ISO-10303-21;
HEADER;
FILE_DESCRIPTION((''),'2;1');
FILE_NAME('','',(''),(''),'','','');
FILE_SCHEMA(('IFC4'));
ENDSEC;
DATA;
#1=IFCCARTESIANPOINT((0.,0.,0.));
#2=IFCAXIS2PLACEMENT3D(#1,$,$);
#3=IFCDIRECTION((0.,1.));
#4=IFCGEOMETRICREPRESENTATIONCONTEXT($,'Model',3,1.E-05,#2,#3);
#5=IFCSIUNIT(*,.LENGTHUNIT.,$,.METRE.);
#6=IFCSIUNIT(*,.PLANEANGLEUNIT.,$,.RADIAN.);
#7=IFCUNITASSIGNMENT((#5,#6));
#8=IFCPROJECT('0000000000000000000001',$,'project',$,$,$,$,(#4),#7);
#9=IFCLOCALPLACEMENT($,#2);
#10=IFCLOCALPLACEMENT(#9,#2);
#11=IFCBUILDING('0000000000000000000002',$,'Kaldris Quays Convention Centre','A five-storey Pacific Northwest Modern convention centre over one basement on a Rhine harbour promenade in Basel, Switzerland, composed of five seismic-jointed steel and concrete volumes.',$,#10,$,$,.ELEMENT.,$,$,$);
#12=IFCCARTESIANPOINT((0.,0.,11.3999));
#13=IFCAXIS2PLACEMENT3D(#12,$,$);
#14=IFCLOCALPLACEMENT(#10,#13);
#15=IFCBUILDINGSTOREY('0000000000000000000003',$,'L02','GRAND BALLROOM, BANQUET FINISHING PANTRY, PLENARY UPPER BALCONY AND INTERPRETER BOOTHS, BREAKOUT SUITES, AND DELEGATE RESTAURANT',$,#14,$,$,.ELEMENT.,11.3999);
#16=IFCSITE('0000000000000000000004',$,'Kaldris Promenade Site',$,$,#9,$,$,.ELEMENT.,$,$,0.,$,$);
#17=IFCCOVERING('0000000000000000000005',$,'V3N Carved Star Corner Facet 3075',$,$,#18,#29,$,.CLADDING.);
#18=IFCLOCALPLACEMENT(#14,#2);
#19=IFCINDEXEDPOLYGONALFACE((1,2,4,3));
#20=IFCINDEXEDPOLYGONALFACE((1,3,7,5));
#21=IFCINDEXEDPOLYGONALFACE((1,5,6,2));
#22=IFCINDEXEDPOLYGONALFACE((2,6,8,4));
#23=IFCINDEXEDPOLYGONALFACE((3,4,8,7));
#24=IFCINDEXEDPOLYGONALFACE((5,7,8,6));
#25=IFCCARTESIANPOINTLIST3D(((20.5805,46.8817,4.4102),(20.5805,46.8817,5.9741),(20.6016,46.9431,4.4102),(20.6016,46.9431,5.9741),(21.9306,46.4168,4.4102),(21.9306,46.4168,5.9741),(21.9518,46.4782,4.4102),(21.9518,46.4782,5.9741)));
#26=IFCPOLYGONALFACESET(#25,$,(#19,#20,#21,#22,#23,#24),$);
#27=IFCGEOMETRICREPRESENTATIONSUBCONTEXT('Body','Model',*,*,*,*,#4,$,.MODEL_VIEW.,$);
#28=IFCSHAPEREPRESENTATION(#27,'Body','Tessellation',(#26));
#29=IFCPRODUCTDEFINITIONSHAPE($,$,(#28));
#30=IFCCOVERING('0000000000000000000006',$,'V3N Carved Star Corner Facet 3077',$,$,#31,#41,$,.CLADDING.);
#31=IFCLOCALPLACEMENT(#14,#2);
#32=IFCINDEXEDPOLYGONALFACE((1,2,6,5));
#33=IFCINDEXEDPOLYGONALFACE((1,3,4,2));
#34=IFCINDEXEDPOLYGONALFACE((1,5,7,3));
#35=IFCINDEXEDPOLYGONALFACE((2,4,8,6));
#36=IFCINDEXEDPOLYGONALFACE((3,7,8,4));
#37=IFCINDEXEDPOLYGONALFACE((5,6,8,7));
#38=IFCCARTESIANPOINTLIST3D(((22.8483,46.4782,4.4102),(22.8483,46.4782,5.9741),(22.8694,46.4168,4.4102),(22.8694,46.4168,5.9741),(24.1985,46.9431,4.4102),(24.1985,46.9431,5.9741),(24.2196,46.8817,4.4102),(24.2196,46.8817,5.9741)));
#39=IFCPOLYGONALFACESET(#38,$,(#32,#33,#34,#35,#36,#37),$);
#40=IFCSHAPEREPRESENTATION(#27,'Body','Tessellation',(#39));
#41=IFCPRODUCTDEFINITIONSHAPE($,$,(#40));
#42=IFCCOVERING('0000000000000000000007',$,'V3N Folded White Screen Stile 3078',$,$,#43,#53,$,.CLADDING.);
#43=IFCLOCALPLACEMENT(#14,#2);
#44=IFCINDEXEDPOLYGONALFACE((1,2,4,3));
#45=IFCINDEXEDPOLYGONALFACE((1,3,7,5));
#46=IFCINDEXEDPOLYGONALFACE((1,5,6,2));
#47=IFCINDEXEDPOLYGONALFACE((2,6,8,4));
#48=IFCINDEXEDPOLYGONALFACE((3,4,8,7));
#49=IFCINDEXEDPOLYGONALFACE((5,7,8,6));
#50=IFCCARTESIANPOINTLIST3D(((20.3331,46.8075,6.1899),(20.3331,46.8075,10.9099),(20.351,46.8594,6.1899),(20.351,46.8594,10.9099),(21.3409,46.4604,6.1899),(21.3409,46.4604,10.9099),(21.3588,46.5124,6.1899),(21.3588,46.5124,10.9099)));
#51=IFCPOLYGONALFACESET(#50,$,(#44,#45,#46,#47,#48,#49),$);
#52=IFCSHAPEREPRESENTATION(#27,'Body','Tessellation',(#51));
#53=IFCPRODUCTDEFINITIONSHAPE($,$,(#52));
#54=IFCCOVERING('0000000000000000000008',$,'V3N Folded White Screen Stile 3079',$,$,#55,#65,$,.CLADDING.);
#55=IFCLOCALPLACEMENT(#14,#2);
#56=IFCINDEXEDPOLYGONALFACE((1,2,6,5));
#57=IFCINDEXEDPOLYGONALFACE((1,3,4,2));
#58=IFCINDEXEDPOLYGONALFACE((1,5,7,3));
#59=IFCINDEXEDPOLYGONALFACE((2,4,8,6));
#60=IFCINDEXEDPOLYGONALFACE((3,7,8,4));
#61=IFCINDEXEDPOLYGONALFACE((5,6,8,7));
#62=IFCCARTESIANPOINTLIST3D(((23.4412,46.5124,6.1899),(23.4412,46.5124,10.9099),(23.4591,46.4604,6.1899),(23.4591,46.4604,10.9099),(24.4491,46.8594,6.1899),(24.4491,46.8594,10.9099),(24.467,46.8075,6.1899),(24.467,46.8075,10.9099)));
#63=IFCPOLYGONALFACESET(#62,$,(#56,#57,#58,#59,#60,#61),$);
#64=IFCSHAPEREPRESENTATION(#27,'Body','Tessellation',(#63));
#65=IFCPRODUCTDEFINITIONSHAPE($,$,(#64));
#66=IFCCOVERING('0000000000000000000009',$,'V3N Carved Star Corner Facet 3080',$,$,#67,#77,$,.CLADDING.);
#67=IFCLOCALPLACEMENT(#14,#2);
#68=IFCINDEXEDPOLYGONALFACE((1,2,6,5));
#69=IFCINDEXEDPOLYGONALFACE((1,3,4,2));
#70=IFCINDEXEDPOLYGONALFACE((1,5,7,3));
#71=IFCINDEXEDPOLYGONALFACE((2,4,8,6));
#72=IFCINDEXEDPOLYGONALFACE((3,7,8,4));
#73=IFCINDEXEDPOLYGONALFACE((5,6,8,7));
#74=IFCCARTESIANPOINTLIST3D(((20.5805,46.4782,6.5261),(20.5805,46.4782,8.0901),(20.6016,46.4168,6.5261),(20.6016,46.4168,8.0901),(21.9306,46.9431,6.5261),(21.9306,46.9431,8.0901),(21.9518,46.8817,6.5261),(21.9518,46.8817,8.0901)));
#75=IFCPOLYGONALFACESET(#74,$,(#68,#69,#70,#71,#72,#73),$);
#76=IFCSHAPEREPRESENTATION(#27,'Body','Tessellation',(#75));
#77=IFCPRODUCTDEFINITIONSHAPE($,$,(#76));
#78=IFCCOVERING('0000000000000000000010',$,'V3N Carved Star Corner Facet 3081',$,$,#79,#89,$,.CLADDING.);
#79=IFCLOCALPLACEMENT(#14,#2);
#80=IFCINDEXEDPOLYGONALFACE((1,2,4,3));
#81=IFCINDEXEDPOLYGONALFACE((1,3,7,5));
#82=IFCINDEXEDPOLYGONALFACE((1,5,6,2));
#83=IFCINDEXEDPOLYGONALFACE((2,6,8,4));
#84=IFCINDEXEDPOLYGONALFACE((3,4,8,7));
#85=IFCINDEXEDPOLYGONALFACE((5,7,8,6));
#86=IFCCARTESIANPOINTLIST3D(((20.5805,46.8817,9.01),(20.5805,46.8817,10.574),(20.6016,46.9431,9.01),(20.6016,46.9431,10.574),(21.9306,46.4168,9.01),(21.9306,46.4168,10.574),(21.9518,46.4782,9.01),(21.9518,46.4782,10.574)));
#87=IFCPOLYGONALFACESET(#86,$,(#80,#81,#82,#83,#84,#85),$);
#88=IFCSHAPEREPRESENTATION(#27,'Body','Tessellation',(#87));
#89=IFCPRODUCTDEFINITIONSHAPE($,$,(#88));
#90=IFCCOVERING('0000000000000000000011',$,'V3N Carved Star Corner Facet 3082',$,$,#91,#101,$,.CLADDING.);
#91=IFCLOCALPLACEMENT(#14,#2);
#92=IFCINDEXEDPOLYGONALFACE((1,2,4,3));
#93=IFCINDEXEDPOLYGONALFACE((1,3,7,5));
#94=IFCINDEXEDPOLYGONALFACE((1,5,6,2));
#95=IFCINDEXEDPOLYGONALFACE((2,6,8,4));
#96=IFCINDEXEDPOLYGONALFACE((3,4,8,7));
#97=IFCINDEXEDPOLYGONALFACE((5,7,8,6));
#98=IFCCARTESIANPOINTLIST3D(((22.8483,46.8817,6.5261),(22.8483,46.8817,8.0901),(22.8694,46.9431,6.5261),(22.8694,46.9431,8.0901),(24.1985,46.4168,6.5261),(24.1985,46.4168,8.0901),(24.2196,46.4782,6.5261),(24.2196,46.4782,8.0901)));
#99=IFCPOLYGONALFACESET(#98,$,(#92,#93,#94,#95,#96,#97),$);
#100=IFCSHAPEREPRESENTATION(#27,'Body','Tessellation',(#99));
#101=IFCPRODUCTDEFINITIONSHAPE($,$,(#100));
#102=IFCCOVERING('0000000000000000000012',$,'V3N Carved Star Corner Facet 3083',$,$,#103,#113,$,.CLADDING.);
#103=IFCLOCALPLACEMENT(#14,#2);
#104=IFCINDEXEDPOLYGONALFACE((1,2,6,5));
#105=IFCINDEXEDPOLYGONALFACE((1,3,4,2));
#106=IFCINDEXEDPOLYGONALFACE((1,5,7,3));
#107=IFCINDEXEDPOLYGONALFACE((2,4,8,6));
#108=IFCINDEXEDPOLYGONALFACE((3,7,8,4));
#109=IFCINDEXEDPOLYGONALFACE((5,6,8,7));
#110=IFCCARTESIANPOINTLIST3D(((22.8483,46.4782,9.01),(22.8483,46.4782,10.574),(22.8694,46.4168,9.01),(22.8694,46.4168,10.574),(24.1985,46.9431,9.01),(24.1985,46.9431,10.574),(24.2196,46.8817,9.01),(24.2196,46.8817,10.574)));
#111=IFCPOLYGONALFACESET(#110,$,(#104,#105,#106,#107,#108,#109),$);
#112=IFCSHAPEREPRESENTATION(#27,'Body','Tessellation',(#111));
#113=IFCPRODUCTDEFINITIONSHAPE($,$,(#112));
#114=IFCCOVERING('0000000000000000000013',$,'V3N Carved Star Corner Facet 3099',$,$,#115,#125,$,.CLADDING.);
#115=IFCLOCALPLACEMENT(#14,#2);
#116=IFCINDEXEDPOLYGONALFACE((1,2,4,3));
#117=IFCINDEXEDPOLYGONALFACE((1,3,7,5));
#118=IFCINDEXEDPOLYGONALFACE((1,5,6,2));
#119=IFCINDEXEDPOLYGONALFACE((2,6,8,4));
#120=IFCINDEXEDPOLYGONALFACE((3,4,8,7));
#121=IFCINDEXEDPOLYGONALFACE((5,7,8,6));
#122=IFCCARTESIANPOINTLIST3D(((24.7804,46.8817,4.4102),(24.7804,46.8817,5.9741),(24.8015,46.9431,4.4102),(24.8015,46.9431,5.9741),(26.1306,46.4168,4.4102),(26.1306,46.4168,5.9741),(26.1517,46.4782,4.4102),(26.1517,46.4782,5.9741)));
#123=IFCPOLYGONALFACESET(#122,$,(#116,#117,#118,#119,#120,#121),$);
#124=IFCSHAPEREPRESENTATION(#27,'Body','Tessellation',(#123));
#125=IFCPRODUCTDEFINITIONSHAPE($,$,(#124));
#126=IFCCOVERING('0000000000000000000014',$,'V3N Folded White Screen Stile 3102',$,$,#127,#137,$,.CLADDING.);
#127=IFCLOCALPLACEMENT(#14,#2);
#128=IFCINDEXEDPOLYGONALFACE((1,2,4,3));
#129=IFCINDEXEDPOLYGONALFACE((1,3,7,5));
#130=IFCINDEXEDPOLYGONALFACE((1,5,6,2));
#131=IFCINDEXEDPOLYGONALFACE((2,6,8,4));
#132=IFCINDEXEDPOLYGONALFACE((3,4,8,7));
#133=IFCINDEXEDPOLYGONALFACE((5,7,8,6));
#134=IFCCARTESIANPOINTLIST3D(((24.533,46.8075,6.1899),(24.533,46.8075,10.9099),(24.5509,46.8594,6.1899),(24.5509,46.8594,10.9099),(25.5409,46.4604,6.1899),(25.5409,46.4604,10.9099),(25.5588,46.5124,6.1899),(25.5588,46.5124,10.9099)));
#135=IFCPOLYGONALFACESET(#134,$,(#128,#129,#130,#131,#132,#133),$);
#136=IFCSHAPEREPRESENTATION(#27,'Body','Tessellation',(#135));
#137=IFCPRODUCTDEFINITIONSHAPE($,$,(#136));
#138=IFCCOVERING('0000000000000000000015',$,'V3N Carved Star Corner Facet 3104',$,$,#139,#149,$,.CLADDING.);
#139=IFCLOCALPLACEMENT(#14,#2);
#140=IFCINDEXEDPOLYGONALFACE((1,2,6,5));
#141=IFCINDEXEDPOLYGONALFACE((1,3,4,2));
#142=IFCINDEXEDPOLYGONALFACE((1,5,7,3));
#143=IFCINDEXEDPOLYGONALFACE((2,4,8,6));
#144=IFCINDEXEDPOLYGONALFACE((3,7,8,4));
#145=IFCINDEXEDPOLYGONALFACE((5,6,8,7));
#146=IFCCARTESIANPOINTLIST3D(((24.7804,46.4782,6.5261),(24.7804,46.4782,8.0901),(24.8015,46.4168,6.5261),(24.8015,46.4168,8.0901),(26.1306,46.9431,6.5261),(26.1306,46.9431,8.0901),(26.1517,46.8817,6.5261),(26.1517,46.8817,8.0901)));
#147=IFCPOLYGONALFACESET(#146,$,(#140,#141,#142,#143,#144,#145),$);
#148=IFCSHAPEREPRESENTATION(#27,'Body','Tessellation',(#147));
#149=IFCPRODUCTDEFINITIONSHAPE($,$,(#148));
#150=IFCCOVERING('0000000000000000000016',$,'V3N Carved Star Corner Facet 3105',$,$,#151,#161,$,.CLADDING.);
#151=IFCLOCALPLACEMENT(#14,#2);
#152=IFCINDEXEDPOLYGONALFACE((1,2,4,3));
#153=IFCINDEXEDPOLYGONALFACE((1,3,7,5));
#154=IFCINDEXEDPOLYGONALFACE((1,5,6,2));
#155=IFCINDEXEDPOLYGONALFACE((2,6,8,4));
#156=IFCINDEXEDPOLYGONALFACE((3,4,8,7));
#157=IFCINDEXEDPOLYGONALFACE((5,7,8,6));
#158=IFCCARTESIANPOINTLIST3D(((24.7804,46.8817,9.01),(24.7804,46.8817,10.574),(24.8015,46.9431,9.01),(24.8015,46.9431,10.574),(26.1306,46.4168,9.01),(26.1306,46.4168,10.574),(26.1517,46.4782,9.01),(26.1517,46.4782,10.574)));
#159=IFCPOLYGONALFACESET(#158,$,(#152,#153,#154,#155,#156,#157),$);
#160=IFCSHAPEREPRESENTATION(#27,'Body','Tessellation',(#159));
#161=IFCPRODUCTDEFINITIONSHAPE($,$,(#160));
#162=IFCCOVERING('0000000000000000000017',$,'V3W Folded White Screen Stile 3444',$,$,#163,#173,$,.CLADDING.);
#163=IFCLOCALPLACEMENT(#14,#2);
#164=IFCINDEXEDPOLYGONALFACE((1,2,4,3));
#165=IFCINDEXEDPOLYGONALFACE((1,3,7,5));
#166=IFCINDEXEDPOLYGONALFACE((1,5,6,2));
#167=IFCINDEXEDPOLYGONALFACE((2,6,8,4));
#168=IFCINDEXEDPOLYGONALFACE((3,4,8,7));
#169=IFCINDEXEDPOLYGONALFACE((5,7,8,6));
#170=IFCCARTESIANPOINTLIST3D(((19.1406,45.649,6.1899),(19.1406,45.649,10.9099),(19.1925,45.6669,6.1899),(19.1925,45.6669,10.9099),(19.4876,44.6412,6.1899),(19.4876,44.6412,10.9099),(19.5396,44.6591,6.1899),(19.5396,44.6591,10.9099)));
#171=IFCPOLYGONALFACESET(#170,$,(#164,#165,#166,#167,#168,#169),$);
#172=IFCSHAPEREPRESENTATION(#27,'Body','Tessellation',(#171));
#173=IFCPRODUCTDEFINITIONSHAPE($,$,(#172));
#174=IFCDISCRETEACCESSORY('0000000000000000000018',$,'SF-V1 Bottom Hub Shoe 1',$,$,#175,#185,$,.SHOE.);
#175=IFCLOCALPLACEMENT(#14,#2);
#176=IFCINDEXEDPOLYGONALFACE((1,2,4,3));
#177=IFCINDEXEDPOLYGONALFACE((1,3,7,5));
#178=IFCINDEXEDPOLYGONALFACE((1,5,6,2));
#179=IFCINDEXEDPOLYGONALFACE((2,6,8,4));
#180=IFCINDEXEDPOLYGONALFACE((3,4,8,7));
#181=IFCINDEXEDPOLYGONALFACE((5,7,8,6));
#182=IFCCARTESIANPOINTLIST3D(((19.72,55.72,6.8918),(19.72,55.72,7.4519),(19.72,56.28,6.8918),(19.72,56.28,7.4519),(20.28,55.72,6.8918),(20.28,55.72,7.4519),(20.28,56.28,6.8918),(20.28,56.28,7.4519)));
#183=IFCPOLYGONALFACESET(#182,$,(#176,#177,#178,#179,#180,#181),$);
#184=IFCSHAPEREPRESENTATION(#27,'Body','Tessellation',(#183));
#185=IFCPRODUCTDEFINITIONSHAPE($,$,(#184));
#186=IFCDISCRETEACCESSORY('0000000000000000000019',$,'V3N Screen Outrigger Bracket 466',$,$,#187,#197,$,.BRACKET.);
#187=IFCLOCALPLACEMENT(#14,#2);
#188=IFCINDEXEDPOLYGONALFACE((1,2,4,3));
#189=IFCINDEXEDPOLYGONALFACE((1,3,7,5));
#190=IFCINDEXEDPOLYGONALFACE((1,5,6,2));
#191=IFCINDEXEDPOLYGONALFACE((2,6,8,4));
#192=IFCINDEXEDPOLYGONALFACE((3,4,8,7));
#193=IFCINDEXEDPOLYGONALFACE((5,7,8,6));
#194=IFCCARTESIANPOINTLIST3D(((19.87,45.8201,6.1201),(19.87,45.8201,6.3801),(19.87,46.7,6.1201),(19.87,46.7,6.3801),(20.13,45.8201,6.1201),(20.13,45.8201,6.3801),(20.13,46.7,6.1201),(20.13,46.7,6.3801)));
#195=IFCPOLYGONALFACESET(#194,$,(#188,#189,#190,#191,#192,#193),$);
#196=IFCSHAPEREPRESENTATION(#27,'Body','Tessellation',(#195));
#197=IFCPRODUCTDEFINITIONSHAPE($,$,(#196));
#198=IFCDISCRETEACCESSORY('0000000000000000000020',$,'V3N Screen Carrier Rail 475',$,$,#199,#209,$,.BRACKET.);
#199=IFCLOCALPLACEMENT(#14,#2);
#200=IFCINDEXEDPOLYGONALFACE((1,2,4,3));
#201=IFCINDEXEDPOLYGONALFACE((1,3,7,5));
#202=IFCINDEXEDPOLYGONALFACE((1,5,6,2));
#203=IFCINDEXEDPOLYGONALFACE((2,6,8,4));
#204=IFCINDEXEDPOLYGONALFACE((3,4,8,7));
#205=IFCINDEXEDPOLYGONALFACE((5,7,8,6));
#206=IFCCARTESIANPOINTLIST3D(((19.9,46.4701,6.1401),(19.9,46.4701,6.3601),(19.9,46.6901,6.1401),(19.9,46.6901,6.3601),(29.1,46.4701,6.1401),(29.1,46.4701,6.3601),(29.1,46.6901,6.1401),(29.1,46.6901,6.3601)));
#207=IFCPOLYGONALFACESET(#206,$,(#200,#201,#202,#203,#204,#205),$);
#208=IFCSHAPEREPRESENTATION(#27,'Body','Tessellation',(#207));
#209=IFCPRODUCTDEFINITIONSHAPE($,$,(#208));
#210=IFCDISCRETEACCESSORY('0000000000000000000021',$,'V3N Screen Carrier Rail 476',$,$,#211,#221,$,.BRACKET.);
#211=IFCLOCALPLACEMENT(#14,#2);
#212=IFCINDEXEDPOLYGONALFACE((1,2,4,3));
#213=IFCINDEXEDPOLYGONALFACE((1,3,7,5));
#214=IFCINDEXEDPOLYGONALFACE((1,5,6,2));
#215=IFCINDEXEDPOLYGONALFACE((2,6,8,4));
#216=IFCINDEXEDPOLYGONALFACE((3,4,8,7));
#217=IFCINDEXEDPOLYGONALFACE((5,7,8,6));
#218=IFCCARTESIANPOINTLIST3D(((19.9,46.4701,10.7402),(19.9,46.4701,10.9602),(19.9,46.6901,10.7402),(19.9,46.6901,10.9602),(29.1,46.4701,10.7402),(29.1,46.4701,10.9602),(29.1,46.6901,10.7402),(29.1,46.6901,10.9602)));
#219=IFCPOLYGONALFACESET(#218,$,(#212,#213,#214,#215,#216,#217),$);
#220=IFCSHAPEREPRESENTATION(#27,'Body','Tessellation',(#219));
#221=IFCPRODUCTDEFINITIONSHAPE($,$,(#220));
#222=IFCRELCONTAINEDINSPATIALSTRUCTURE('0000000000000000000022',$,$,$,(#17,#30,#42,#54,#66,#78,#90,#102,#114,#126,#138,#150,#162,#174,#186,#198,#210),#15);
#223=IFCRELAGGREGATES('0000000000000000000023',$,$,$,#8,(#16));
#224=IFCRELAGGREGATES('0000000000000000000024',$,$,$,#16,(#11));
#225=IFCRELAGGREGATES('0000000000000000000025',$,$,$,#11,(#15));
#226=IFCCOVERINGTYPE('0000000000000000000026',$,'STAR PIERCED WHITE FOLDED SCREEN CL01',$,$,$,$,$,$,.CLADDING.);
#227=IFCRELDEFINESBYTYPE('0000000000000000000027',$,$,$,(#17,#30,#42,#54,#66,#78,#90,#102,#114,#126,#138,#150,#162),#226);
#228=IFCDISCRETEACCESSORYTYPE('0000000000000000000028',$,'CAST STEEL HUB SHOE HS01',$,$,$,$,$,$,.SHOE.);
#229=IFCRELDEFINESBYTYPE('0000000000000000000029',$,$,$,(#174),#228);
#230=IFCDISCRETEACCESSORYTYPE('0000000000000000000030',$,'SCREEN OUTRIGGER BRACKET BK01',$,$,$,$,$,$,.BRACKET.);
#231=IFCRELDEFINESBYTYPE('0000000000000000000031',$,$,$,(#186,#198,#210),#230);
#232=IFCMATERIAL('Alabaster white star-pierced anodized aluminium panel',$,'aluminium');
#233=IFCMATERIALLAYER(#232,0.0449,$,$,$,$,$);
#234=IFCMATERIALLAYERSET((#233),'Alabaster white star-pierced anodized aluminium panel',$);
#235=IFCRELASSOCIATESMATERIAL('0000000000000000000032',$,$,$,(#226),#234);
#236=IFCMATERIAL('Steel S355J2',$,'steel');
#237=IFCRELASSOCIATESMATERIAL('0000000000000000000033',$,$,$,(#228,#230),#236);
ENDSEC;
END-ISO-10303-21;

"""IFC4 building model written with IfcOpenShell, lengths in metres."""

from ifc_helpers import new_model, si_unit, direction, frame, origin, origin_2d, place, context, subcontext, project, spatial, rectangle, extrude, material, layer, layer_set, type_object, element, save


model = new_model("IFC4")

# Units and contexts
model_context = context("Model", 3, precision=1e-05, world=origin(), true_north=direction((0.0, 1.0)))
body_context = subcontext(model_context, "Body", "Model", "MODEL_VIEW")
ifc_project = project(units=[si_unit("LENGTHUNIT", "METRE"), si_unit("PLANEANGLEUNIT", "RADIAN")], contexts=[model_context])

# Site, building, storey
site_placement = place(None, origin())
site = spatial("IfcSite", under=ifc_project, at=site_placement, Name="Kaldris Promenade Site", CompositionType="ELEMENT", RefElevation=0.0)
building_placement = place(site_placement, origin())
building = spatial("IfcBuilding", under=site, at=building_placement, Name="Kaldris Quays Convention Centre", Description="A five-storey Pacific Northwest Modern convention centre over one basement on a Rhine harbour promenade in Basel, Switzerland, composed of five seismic-jointed steel and concrete volumes.", CompositionType="ELEMENT")
storey_placement = place(building_placement, frame((0.0, 0.0, 11.3999)))
storey = spatial("IfcBuildingStorey", under=building, at=storey_placement, Name="L02", Description="GRAND BALLROOM, BANQUET FINISHING PANTRY, PLENARY UPPER BALCONY AND INTERPRETER BOOTHS, BREAKOUT SUITES, AND DELEGATE RESTAURANT", CompositionType="ELEMENT", Elevation=11.3999)

# Shared definitions
ifc_material_1 = material(Name="Steel S355J2", Category="steel")

# Coverings
ifc_material_2 = material(Name="Alabaster white star-pierced anodized aluminium panel", Category="aluminium")
ifc_layer_1 = layer(ifc_material_2, 0.0449)
ifc_layer_set_1 = layer_set([ifc_layer_1], Name="Alabaster white star-pierced anodized aluminium panel")
covering_type_1 = type_object("IfcCoveringType", Name="STAR PIERCED WHITE FOLDED SCREEN CL01", PredefinedType="CLADDING", material=ifc_layer_set_1)
for number, where, z_axis, x_axis, name in (
    (1, (21.2661, 46.6799, 4.4102), (0.0, 0.0, 1.0), (0.945519, -0.325568, 0.0), "V3N Carved Star Corner Facet 3075"),
    (2, (23.5339, 46.6799, 4.4102), (0.0, 0.0, 1.0), (0.945519, 0.325568, 0.0), "V3N Carved Star Corner Facet 3077"),
):
    element("IfcCovering", number, at=place(storey_placement, frame(where, z_axis=z_axis, x_axis=x_axis)), inside=storey, type_object=covering_type_1, Name=name, PredefinedType="CLADDING", context=body_context, shape_type="SweptSolid", body=[
        extrude(rectangle(XDim=1.428, YDim=0.0649, at=origin_2d()), origin(), (0.0, 0.0, 1.0), 1.564),
    ])
for number, where, z_axis, x_axis, name in (
    (3, (20.8459, 46.6599, 6.1899), (0.0, 0.0, 1.0), (0.945519, -0.325568, 0.0), "V3N Folded White Screen Stile 3078"),
    (4, (23.9541, 46.6599, 6.1899), (0.0, 0.0, 1.0), (0.945519, 0.325568, 0.0), "V3N Folded White Screen Stile 3079"),
):
    element("IfcCovering", number, at=place(storey_placement, frame(where, z_axis=z_axis, x_axis=x_axis)), inside=storey, type_object=covering_type_1, Name=name, PredefinedType="CLADDING", context=body_context, shape_type="SweptSolid", body=[
        extrude(rectangle(XDim=1.0659, YDim=0.0549, at=origin_2d()), origin(), (0.0, 0.0, 1.0), 4.72),
    ])
for number, where, z_axis, x_axis, name in (
    (5, (21.2661, 46.6799, 6.5261), (0.0, 0.0, 1.0), (0.945519, 0.325568, 0.0), "V3N Carved Star Corner Facet 3080"),
    (6, (21.2661, 46.6799, 9.01), (0.0, 0.0, 1.0), (0.945519, -0.325568, 0.0), "V3N Carved Star Corner Facet 3081"),
    (7, (23.5339, 46.6799, 6.5261), (0.0, 0.0, 1.0), (0.945519, -0.325568, 0.0), "V3N Carved Star Corner Facet 3082"),
    (8, (23.5339, 46.6799, 9.01), (0.0, 0.0, 1.0), (0.945519, 0.325568, 0.0), "V3N Carved Star Corner Facet 3083"),
    (9, (25.4661, 46.6799, 4.4102), (0.0, 0.0, 1.0), (0.945519, -0.325568, 0.0), "V3N Carved Star Corner Facet 3099"),
):
    element("IfcCovering", number, at=place(storey_placement, frame(where, z_axis=z_axis, x_axis=x_axis)), inside=storey, type_object=covering_type_1, Name=name, PredefinedType="CLADDING", context=body_context, shape_type="SweptSolid", body=[
        extrude(rectangle(XDim=1.428, YDim=0.0649, at=origin_2d()), origin(), (0.0, 0.0, 1.0), 1.564),
    ])
covering_1_placement = place(storey_placement, frame((25.0459, 46.6599, 6.1899), z_axis=(0.0, 0.0, 1.0), x_axis=(0.945519, -0.325568, 0.0)))
element("IfcCovering", 10, at=covering_1_placement, inside=storey, type_object=covering_type_1, Name="V3N Folded White Screen Stile 3102", PredefinedType="CLADDING", context=body_context, shape_type="SweptSolid", body=[
    extrude(rectangle(XDim=1.0659, YDim=0.0549, at=origin_2d()), origin(), (0.0, 0.0, 1.0), 4.72),
])
for number, where, z_axis, x_axis, name in (
    (11, (25.4661, 46.6799, 6.5261), (0.0, 0.0, 1.0), (0.945519, 0.325568, 0.0), "V3N Carved Star Corner Facet 3104"),
    (12, (25.4661, 46.6799, 9.01), (0.0, 0.0, 1.0), (0.945519, -0.325568, 0.0), "V3N Carved Star Corner Facet 3105"),
):
    element("IfcCovering", number, at=place(storey_placement, frame(where, z_axis=z_axis, x_axis=x_axis)), inside=storey, type_object=covering_type_1, Name=name, PredefinedType="CLADDING", context=body_context, shape_type="SweptSolid", body=[
        extrude(rectangle(XDim=1.428, YDim=0.0649, at=origin_2d()), origin(), (0.0, 0.0, 1.0), 1.564),
    ])
covering_2_placement = place(storey_placement, frame((19.3401, 45.1541, 6.1899), z_axis=(0.0, 0.0, 1.0), x_axis=(-0.325568, 0.945519, 0.0)))
element("IfcCovering", 13, at=covering_2_placement, inside=storey, type_object=covering_type_1, Name="V3W Folded White Screen Stile 3444", PredefinedType="CLADDING", context=body_context, shape_type="SweptSolid", body=[
    extrude(rectangle(XDim=1.0659, YDim=0.0549, at=origin_2d()), origin(), (0.0, 0.0, 1.0), 4.72),
])

# Discrete accessories
discrete_accessory_type_1 = type_object("IfcDiscreteAccessoryType", Name="CAST STEEL HUB SHOE HS01", PredefinedType="SHOE", material=ifc_material_1)
discrete_accessory_1_placement = place(storey_placement, frame((20.0, 56.0, 6.8918), z_axis=(0.0, 0.0, 1.0), x_axis=(1.0, 0.0, 0.0)))
element("IfcDiscreteAccessory", 14, at=discrete_accessory_1_placement, inside=storey, type_object=discrete_accessory_type_1, Name="SF-V1 Bottom Hub Shoe 1", PredefinedType="SHOE", context=body_context, shape_type="SweptSolid", body=[
    extrude(rectangle(XDim=0.5601, YDim=0.5601, at=origin_2d()), origin(), (0.0, 0.0, 1.0), 0.5601),
])
discrete_accessory_type_2 = type_object("IfcDiscreteAccessoryType", Name="SCREEN OUTRIGGER BRACKET BK01", PredefinedType="BRACKET", material=ifc_material_1)
discrete_accessory_2_placement = place(storey_placement, frame((20.0, 46.26, 6.1201), z_axis=(0.0, 0.0, 1.0), x_axis=(1.0, 0.0, 0.0)))
element("IfcDiscreteAccessory", 15, at=discrete_accessory_2_placement, inside=storey, type_object=discrete_accessory_type_2, Name="V3N Screen Outrigger Bracket 466", PredefinedType="BRACKET", context=body_context, shape_type="SweptSolid", body=[
    extrude(rectangle(XDim=0.26, YDim=0.8799, at=origin_2d()), origin(), (0.0, 0.0, 1.0), 0.26),
])
for number, where, z_axis, x_axis, name in (
    (16, (24.5, 46.5801, 6.1401), (0.0, 0.0, 1.0), (1.0, 0.0, 0.0), "V3N Screen Carrier Rail 475"),
    (17, (24.5, 46.5801, 10.7402), (0.0, 0.0, 1.0), (1.0, 0.0, 0.0), "V3N Screen Carrier Rail 476"),
):
    element("IfcDiscreteAccessory", number, at=place(storey_placement, frame(where, z_axis=z_axis, x_axis=x_axis)), inside=storey, type_object=discrete_accessory_type_2, Name=name, PredefinedType="BRACKET", context=body_context, shape_type="SweptSolid", body=[
        extrude(rectangle(XDim=9.2, YDim=0.22, at=origin_2d()), origin(), (0.0, 0.0, 1.0), 0.22),
    ])

save(model, "model.ifc")
